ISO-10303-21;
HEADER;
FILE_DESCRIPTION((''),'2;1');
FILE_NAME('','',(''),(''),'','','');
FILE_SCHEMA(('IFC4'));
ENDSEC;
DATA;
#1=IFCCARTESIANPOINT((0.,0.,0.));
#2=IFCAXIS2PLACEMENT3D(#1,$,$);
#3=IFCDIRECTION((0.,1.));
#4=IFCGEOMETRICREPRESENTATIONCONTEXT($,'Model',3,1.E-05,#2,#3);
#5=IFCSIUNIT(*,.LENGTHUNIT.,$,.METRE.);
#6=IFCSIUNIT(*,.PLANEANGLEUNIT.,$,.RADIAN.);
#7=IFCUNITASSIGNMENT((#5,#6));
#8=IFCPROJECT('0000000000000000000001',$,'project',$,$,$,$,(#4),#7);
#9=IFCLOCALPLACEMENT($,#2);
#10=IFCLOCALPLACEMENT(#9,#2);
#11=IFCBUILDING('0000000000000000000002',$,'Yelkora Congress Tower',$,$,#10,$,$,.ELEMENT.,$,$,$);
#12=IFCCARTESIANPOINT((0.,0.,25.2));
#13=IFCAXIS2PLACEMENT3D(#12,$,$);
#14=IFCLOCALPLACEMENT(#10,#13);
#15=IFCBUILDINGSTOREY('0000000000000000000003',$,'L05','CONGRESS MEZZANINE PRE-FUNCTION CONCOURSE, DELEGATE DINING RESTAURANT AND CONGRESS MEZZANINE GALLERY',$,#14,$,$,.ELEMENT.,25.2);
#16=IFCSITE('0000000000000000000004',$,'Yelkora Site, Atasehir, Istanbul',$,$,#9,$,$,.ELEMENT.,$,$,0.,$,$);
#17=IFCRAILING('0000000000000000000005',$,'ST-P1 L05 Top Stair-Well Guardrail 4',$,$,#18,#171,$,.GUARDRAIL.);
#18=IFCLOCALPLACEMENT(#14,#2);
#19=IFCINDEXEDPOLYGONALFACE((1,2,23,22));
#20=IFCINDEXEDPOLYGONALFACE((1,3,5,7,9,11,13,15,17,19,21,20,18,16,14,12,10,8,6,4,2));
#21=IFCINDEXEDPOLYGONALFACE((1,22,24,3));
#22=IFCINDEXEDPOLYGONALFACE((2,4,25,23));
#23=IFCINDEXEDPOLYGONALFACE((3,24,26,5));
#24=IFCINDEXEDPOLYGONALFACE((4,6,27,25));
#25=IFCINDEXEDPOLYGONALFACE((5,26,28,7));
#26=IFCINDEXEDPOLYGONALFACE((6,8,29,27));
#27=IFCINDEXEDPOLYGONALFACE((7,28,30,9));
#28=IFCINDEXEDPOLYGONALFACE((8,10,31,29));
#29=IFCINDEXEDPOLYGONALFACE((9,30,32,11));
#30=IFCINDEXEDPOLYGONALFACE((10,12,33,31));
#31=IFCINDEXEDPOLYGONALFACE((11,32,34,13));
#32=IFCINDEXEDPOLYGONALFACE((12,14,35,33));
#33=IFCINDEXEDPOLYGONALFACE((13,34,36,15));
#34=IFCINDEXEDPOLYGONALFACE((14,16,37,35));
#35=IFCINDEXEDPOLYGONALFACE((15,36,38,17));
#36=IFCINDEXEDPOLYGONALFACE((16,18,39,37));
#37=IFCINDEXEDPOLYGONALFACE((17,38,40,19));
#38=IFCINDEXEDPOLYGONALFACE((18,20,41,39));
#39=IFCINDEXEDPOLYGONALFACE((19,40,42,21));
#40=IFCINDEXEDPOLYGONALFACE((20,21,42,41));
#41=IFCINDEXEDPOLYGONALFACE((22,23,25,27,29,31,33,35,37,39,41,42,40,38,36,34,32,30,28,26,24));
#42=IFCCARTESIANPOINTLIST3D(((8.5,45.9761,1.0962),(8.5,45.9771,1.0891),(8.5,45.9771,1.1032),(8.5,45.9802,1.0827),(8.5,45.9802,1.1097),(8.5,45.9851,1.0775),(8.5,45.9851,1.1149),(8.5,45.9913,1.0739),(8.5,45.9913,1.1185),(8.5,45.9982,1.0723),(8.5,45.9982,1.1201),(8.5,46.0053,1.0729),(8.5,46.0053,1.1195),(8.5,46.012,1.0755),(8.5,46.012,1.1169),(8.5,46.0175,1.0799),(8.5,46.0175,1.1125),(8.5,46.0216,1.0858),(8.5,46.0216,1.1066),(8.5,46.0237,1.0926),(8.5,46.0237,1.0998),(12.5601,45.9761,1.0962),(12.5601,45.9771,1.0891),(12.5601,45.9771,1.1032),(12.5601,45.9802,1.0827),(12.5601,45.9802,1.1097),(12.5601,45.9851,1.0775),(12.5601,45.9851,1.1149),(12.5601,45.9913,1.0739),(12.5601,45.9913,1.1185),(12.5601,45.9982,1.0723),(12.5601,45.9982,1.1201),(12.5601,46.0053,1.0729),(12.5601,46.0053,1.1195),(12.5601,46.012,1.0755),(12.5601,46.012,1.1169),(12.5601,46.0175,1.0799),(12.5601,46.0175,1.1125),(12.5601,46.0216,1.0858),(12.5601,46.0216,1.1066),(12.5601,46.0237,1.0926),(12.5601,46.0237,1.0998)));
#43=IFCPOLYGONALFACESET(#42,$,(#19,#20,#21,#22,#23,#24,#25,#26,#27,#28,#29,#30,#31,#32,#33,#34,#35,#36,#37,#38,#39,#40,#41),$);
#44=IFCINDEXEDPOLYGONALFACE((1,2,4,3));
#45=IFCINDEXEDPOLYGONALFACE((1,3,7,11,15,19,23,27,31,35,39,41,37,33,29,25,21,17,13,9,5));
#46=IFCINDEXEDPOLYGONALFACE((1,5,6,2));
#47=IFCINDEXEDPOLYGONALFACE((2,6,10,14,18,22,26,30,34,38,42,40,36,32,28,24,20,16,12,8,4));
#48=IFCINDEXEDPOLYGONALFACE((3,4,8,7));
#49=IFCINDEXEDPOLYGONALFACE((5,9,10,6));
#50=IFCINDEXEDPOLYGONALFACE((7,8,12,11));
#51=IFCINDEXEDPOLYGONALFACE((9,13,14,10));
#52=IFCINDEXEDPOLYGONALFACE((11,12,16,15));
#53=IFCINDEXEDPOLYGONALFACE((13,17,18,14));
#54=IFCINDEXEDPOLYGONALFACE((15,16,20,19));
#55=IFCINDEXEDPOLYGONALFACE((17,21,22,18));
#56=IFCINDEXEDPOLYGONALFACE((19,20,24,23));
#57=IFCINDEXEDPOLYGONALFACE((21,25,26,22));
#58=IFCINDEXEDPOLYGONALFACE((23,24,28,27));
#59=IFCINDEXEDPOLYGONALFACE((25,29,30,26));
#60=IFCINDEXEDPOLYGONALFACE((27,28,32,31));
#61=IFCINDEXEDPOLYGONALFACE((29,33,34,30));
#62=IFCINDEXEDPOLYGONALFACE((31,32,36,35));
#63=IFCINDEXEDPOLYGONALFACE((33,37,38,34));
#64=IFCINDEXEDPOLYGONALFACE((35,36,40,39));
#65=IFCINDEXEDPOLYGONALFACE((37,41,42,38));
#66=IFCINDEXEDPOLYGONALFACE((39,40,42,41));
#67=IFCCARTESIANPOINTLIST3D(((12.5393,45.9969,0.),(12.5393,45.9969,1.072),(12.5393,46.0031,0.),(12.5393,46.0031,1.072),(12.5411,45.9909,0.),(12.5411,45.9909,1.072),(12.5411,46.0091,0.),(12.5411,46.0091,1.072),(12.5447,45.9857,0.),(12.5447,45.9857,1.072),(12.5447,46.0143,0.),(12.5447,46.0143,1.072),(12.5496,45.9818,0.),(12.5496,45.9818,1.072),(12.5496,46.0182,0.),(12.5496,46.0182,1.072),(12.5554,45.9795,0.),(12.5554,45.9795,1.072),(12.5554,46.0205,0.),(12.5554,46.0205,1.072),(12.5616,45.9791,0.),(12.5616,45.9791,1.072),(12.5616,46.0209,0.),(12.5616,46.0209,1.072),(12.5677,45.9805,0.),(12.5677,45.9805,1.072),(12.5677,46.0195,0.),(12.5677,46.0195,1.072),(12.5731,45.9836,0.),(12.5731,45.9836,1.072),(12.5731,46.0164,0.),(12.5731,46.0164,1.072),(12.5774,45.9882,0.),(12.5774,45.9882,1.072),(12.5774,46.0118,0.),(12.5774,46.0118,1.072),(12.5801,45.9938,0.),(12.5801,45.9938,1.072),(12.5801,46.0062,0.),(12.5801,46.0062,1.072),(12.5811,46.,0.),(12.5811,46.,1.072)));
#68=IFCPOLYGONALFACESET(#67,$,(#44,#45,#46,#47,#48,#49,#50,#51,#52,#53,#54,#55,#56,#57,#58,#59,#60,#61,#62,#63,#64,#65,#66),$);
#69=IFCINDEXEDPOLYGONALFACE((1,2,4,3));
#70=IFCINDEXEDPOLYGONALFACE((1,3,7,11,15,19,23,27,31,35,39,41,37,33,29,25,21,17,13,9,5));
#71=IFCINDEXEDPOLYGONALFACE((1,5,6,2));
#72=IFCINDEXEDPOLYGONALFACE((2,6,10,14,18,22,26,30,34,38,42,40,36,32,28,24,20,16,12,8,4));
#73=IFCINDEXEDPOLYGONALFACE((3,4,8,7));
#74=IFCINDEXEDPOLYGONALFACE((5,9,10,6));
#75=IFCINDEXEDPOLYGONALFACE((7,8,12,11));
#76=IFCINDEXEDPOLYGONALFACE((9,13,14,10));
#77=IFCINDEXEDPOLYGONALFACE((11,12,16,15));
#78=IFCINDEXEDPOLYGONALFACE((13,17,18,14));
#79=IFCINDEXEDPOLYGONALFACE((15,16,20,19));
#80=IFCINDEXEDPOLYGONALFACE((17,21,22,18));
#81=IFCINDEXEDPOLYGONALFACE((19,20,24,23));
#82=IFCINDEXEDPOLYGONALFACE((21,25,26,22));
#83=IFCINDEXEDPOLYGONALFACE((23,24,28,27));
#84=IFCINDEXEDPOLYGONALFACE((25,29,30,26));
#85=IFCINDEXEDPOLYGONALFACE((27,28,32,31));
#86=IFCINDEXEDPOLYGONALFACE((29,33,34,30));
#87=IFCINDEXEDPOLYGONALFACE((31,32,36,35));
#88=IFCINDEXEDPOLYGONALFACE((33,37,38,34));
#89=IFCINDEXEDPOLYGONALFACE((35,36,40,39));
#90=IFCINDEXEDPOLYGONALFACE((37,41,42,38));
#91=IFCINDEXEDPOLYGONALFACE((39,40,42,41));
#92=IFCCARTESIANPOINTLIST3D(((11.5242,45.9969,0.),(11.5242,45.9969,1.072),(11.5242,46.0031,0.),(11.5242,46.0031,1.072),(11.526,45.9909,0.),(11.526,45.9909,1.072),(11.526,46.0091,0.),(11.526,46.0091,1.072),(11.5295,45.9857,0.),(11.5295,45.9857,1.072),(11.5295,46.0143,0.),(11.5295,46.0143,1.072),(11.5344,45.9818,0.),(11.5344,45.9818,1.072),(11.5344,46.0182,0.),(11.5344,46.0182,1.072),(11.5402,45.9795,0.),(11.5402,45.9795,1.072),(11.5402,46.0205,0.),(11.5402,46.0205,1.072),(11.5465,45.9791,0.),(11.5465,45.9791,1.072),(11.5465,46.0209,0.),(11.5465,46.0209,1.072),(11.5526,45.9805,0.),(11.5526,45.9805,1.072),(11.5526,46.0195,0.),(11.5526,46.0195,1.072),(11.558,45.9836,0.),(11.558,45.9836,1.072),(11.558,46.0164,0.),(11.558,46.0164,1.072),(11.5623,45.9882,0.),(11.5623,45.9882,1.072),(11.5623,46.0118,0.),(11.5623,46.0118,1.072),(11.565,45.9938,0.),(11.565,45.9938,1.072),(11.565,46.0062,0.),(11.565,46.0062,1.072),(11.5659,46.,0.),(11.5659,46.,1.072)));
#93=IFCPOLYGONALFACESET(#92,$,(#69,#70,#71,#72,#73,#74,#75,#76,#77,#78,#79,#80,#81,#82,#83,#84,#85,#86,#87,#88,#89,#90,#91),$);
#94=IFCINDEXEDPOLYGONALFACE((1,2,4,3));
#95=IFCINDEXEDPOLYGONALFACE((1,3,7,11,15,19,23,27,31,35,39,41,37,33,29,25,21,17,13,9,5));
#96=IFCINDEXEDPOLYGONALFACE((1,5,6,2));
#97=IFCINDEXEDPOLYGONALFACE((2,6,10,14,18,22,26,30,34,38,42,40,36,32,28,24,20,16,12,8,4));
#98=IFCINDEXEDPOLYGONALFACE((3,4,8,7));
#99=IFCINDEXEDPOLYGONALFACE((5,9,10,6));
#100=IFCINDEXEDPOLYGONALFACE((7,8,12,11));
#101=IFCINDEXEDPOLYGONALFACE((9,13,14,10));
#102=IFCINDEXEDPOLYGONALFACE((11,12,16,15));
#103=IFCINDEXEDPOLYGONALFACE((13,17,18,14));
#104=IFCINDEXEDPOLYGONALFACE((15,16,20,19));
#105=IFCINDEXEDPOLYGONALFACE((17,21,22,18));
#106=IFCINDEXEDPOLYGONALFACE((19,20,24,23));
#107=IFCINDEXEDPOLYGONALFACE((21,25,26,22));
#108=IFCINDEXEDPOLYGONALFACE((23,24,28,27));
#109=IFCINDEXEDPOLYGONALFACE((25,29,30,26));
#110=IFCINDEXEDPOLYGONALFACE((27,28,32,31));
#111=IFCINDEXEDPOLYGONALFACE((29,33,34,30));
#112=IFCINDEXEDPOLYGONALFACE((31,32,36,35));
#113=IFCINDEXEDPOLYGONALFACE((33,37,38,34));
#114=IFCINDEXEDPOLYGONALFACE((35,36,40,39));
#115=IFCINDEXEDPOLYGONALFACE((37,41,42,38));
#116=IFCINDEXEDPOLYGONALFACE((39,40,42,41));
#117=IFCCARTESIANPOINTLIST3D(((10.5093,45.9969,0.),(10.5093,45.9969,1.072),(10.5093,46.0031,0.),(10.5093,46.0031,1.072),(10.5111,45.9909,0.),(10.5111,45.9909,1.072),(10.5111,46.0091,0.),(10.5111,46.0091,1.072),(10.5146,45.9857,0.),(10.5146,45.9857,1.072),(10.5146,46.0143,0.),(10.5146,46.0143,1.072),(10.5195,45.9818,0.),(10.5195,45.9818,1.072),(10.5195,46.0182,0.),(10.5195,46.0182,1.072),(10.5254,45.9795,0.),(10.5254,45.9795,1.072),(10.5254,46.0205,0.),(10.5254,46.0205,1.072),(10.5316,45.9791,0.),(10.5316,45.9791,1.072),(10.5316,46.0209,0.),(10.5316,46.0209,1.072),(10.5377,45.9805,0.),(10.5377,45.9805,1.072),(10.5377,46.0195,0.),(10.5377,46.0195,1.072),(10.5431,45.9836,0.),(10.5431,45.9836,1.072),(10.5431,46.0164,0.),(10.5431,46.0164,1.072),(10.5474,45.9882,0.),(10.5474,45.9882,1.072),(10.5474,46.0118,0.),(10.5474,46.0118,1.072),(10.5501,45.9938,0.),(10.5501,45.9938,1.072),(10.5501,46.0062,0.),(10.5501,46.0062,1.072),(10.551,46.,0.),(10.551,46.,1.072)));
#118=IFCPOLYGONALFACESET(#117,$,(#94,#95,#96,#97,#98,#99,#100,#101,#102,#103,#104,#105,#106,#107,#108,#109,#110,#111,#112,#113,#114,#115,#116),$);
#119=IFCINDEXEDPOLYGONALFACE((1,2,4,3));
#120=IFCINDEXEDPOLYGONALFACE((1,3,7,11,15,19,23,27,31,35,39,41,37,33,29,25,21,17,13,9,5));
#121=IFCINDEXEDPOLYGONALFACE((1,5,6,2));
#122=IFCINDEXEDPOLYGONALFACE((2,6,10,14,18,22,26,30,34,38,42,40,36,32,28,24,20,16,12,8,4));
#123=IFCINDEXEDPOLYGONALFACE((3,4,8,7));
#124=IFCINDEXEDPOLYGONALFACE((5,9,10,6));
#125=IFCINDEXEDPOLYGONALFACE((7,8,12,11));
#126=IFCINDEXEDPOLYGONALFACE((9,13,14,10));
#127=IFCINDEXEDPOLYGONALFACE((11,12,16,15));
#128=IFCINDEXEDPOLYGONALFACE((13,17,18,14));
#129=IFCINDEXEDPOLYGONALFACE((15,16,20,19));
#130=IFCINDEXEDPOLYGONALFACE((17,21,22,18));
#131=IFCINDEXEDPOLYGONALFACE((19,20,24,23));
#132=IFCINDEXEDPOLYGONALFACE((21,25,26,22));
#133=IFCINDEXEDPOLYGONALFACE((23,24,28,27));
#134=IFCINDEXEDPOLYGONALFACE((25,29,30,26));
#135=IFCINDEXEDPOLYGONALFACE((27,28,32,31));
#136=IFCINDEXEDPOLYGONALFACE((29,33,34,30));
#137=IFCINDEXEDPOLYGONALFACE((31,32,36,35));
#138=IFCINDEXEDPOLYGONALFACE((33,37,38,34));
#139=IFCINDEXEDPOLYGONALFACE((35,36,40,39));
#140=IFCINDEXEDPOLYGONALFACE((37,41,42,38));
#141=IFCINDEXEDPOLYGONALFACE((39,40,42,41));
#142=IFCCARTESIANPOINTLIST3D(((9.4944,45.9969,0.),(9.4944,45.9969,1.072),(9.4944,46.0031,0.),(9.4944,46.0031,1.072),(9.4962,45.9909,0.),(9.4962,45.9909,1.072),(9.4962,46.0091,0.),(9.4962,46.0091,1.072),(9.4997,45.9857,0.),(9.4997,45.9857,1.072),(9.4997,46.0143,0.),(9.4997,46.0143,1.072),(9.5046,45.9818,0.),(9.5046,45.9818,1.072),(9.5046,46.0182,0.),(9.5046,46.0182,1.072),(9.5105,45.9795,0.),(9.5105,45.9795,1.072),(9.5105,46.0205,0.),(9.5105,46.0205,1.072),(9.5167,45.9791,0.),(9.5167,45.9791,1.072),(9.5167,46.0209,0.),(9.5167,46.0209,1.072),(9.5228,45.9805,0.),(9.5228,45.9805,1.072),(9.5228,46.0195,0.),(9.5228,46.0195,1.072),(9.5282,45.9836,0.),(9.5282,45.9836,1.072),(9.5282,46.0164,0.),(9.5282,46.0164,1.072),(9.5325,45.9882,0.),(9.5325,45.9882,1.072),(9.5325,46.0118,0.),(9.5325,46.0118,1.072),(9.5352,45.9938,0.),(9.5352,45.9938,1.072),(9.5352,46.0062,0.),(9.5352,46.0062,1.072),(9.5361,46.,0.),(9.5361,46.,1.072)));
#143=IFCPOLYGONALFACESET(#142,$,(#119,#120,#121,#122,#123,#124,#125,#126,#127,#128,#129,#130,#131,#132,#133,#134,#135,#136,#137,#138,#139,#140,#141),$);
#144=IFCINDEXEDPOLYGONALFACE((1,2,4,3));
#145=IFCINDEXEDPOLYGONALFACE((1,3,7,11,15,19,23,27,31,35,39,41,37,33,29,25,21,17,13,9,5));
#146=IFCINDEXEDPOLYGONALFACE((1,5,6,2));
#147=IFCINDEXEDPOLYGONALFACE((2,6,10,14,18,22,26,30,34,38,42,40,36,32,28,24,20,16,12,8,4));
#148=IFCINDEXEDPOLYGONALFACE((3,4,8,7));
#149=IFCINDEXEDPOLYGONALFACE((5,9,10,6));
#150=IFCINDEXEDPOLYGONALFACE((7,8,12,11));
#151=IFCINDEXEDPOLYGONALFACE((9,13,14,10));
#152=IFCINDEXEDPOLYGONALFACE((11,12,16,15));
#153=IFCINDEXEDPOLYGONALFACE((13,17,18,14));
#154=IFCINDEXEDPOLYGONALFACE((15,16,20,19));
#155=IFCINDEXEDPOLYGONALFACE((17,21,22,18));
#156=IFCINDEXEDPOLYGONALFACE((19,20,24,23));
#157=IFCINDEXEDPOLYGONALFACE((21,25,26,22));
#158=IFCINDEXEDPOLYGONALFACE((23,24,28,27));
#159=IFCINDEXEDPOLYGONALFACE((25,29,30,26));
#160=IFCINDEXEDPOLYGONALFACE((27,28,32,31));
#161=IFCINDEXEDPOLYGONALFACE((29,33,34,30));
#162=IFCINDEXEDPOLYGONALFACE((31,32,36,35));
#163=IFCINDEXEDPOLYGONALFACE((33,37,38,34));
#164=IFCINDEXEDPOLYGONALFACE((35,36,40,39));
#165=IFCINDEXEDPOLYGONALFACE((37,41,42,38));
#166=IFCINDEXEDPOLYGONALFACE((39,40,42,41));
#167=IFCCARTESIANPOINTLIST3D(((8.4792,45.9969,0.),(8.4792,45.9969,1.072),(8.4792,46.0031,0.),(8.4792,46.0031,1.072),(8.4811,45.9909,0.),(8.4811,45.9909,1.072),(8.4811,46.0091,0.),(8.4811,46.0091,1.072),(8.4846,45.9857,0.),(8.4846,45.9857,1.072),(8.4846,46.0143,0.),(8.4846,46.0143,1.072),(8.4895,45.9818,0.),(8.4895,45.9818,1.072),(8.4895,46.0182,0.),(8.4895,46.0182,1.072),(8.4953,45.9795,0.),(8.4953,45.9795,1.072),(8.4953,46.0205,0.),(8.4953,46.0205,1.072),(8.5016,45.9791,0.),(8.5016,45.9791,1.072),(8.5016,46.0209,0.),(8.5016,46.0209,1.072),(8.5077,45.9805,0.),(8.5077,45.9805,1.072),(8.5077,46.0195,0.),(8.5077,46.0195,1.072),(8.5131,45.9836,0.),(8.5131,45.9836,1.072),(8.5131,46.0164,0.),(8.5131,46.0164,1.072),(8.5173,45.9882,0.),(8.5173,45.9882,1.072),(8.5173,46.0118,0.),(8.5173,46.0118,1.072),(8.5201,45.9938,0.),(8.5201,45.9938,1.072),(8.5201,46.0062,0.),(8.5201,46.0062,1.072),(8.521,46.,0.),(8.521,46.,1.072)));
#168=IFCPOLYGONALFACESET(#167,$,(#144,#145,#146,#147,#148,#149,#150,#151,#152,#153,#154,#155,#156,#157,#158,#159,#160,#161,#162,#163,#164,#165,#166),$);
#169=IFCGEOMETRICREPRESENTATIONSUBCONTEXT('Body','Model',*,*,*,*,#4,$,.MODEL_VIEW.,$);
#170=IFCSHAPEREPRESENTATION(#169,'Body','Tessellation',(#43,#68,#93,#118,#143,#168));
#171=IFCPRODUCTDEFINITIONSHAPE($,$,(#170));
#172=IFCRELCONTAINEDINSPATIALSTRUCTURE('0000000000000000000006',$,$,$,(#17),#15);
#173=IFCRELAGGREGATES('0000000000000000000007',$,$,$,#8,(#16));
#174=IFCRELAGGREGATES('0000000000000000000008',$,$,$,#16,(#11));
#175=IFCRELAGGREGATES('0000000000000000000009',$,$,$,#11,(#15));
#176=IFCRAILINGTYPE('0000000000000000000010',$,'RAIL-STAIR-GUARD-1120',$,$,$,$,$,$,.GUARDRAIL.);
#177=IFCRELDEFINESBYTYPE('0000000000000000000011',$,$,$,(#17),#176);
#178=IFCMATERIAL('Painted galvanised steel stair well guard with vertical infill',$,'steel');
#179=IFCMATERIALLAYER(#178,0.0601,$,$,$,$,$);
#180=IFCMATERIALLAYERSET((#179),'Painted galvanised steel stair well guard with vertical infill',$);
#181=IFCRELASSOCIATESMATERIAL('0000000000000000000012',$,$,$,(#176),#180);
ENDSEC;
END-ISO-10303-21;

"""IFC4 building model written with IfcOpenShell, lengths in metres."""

from ifc_helpers import new_model, si_unit, direction, frame, origin, origin_2d, place, context, subcontext, project, spatial, circle, extrude, material, layer, layer_set, type_object, element, save


model = new_model("IFC4")

# Units and contexts
model_context = context("Model", 3, precision=1e-05, world=origin(), true_north=direction((0.0, 1.0)))
body_context = subcontext(model_context, "Body", "Model", "MODEL_VIEW")
ifc_project = project(units=[si_unit("LENGTHUNIT", "METRE"), si_unit("PLANEANGLEUNIT", "RADIAN")], contexts=[model_context])

# Site, building, storey
site_placement = place(None, origin())
site = spatial("IfcSite", under=ifc_project, at=site_placement, Name="Yelkora Site, Atasehir, Istanbul", CompositionType="ELEMENT", RefElevation=0.0)
building_placement = place(site_placement, origin())
building = spatial("IfcBuilding", under=site, at=building_placement, Name="Yelkora Congress Tower", CompositionType="ELEMENT")
storey_placement = place(building_placement, frame((0.0, 0.0, 25.2)))
storey = spatial("IfcBuildingStorey", under=building, at=storey_placement, Name="L05", Description="CONGRESS MEZZANINE PRE-FUNCTION CONCOURSE, DELEGATE DINING RESTAURANT AND CONGRESS MEZZANINE GALLERY", CompositionType="ELEMENT", Elevation=25.2)

# Railing
ifc_material_1 = material(Name="Painted galvanised steel stair well guard with vertical infill", Category="steel")
ifc_layer_1 = layer(ifc_material_1, 0.0601)
ifc_layer_set_1 = layer_set([ifc_layer_1], Name="Painted galvanised steel stair well guard with vertical infill")
railing_type = type_object("IfcRailingType", Name="RAIL-STAIR-GUARD-1120", PredefinedType="GUARDRAIL", material=ifc_layer_set_1)
railing_1_placement = place(storey_placement, frame((12.5601, 46.0, 0.0)))
element("IfcRailing", 1, at=railing_1_placement, inside=storey, type_object=railing_type, Name="ST-P1 L05 Top Stair-Well Guardrail 4", PredefinedType="GUARDRAIL", context=body_context, shape_type="SweptSolid", body=[
    extrude(circle(Radius=0.0239, at=origin_2d()), frame((0.0, 0.0, 1.0962), z_axis=(-1.0, 0.0, 0.0), x_axis=(0.0, -1.0, 0.0)), (0.0, 0.0, 1.0), 4.0601),
    extrude(circle(Radius=0.021, at=origin_2d()), origin(), (0.0, 0.0, 1.0), 1.072),
    extrude(circle(Radius=0.021, at=origin_2d()), frame((-1.0151, 0.0, 0.0)), (0.0, 0.0, 1.0), 1.072),
    extrude(circle(Radius=0.021, at=origin_2d()), frame((-2.03, 0.0, 0.0)), (0.0, 0.0, 1.0), 1.072),
    extrude(circle(Radius=0.021, at=origin_2d()), frame((-3.0449, 0.0, 0.0)), (0.0, 0.0, 1.0), 1.072),
    extrude(circle(Radius=0.021, at=origin_2d()), frame((-4.0601, 0.0, 0.0)), (0.0, 0.0, 1.0), 1.072),
])

save(model, "model.ifc")
